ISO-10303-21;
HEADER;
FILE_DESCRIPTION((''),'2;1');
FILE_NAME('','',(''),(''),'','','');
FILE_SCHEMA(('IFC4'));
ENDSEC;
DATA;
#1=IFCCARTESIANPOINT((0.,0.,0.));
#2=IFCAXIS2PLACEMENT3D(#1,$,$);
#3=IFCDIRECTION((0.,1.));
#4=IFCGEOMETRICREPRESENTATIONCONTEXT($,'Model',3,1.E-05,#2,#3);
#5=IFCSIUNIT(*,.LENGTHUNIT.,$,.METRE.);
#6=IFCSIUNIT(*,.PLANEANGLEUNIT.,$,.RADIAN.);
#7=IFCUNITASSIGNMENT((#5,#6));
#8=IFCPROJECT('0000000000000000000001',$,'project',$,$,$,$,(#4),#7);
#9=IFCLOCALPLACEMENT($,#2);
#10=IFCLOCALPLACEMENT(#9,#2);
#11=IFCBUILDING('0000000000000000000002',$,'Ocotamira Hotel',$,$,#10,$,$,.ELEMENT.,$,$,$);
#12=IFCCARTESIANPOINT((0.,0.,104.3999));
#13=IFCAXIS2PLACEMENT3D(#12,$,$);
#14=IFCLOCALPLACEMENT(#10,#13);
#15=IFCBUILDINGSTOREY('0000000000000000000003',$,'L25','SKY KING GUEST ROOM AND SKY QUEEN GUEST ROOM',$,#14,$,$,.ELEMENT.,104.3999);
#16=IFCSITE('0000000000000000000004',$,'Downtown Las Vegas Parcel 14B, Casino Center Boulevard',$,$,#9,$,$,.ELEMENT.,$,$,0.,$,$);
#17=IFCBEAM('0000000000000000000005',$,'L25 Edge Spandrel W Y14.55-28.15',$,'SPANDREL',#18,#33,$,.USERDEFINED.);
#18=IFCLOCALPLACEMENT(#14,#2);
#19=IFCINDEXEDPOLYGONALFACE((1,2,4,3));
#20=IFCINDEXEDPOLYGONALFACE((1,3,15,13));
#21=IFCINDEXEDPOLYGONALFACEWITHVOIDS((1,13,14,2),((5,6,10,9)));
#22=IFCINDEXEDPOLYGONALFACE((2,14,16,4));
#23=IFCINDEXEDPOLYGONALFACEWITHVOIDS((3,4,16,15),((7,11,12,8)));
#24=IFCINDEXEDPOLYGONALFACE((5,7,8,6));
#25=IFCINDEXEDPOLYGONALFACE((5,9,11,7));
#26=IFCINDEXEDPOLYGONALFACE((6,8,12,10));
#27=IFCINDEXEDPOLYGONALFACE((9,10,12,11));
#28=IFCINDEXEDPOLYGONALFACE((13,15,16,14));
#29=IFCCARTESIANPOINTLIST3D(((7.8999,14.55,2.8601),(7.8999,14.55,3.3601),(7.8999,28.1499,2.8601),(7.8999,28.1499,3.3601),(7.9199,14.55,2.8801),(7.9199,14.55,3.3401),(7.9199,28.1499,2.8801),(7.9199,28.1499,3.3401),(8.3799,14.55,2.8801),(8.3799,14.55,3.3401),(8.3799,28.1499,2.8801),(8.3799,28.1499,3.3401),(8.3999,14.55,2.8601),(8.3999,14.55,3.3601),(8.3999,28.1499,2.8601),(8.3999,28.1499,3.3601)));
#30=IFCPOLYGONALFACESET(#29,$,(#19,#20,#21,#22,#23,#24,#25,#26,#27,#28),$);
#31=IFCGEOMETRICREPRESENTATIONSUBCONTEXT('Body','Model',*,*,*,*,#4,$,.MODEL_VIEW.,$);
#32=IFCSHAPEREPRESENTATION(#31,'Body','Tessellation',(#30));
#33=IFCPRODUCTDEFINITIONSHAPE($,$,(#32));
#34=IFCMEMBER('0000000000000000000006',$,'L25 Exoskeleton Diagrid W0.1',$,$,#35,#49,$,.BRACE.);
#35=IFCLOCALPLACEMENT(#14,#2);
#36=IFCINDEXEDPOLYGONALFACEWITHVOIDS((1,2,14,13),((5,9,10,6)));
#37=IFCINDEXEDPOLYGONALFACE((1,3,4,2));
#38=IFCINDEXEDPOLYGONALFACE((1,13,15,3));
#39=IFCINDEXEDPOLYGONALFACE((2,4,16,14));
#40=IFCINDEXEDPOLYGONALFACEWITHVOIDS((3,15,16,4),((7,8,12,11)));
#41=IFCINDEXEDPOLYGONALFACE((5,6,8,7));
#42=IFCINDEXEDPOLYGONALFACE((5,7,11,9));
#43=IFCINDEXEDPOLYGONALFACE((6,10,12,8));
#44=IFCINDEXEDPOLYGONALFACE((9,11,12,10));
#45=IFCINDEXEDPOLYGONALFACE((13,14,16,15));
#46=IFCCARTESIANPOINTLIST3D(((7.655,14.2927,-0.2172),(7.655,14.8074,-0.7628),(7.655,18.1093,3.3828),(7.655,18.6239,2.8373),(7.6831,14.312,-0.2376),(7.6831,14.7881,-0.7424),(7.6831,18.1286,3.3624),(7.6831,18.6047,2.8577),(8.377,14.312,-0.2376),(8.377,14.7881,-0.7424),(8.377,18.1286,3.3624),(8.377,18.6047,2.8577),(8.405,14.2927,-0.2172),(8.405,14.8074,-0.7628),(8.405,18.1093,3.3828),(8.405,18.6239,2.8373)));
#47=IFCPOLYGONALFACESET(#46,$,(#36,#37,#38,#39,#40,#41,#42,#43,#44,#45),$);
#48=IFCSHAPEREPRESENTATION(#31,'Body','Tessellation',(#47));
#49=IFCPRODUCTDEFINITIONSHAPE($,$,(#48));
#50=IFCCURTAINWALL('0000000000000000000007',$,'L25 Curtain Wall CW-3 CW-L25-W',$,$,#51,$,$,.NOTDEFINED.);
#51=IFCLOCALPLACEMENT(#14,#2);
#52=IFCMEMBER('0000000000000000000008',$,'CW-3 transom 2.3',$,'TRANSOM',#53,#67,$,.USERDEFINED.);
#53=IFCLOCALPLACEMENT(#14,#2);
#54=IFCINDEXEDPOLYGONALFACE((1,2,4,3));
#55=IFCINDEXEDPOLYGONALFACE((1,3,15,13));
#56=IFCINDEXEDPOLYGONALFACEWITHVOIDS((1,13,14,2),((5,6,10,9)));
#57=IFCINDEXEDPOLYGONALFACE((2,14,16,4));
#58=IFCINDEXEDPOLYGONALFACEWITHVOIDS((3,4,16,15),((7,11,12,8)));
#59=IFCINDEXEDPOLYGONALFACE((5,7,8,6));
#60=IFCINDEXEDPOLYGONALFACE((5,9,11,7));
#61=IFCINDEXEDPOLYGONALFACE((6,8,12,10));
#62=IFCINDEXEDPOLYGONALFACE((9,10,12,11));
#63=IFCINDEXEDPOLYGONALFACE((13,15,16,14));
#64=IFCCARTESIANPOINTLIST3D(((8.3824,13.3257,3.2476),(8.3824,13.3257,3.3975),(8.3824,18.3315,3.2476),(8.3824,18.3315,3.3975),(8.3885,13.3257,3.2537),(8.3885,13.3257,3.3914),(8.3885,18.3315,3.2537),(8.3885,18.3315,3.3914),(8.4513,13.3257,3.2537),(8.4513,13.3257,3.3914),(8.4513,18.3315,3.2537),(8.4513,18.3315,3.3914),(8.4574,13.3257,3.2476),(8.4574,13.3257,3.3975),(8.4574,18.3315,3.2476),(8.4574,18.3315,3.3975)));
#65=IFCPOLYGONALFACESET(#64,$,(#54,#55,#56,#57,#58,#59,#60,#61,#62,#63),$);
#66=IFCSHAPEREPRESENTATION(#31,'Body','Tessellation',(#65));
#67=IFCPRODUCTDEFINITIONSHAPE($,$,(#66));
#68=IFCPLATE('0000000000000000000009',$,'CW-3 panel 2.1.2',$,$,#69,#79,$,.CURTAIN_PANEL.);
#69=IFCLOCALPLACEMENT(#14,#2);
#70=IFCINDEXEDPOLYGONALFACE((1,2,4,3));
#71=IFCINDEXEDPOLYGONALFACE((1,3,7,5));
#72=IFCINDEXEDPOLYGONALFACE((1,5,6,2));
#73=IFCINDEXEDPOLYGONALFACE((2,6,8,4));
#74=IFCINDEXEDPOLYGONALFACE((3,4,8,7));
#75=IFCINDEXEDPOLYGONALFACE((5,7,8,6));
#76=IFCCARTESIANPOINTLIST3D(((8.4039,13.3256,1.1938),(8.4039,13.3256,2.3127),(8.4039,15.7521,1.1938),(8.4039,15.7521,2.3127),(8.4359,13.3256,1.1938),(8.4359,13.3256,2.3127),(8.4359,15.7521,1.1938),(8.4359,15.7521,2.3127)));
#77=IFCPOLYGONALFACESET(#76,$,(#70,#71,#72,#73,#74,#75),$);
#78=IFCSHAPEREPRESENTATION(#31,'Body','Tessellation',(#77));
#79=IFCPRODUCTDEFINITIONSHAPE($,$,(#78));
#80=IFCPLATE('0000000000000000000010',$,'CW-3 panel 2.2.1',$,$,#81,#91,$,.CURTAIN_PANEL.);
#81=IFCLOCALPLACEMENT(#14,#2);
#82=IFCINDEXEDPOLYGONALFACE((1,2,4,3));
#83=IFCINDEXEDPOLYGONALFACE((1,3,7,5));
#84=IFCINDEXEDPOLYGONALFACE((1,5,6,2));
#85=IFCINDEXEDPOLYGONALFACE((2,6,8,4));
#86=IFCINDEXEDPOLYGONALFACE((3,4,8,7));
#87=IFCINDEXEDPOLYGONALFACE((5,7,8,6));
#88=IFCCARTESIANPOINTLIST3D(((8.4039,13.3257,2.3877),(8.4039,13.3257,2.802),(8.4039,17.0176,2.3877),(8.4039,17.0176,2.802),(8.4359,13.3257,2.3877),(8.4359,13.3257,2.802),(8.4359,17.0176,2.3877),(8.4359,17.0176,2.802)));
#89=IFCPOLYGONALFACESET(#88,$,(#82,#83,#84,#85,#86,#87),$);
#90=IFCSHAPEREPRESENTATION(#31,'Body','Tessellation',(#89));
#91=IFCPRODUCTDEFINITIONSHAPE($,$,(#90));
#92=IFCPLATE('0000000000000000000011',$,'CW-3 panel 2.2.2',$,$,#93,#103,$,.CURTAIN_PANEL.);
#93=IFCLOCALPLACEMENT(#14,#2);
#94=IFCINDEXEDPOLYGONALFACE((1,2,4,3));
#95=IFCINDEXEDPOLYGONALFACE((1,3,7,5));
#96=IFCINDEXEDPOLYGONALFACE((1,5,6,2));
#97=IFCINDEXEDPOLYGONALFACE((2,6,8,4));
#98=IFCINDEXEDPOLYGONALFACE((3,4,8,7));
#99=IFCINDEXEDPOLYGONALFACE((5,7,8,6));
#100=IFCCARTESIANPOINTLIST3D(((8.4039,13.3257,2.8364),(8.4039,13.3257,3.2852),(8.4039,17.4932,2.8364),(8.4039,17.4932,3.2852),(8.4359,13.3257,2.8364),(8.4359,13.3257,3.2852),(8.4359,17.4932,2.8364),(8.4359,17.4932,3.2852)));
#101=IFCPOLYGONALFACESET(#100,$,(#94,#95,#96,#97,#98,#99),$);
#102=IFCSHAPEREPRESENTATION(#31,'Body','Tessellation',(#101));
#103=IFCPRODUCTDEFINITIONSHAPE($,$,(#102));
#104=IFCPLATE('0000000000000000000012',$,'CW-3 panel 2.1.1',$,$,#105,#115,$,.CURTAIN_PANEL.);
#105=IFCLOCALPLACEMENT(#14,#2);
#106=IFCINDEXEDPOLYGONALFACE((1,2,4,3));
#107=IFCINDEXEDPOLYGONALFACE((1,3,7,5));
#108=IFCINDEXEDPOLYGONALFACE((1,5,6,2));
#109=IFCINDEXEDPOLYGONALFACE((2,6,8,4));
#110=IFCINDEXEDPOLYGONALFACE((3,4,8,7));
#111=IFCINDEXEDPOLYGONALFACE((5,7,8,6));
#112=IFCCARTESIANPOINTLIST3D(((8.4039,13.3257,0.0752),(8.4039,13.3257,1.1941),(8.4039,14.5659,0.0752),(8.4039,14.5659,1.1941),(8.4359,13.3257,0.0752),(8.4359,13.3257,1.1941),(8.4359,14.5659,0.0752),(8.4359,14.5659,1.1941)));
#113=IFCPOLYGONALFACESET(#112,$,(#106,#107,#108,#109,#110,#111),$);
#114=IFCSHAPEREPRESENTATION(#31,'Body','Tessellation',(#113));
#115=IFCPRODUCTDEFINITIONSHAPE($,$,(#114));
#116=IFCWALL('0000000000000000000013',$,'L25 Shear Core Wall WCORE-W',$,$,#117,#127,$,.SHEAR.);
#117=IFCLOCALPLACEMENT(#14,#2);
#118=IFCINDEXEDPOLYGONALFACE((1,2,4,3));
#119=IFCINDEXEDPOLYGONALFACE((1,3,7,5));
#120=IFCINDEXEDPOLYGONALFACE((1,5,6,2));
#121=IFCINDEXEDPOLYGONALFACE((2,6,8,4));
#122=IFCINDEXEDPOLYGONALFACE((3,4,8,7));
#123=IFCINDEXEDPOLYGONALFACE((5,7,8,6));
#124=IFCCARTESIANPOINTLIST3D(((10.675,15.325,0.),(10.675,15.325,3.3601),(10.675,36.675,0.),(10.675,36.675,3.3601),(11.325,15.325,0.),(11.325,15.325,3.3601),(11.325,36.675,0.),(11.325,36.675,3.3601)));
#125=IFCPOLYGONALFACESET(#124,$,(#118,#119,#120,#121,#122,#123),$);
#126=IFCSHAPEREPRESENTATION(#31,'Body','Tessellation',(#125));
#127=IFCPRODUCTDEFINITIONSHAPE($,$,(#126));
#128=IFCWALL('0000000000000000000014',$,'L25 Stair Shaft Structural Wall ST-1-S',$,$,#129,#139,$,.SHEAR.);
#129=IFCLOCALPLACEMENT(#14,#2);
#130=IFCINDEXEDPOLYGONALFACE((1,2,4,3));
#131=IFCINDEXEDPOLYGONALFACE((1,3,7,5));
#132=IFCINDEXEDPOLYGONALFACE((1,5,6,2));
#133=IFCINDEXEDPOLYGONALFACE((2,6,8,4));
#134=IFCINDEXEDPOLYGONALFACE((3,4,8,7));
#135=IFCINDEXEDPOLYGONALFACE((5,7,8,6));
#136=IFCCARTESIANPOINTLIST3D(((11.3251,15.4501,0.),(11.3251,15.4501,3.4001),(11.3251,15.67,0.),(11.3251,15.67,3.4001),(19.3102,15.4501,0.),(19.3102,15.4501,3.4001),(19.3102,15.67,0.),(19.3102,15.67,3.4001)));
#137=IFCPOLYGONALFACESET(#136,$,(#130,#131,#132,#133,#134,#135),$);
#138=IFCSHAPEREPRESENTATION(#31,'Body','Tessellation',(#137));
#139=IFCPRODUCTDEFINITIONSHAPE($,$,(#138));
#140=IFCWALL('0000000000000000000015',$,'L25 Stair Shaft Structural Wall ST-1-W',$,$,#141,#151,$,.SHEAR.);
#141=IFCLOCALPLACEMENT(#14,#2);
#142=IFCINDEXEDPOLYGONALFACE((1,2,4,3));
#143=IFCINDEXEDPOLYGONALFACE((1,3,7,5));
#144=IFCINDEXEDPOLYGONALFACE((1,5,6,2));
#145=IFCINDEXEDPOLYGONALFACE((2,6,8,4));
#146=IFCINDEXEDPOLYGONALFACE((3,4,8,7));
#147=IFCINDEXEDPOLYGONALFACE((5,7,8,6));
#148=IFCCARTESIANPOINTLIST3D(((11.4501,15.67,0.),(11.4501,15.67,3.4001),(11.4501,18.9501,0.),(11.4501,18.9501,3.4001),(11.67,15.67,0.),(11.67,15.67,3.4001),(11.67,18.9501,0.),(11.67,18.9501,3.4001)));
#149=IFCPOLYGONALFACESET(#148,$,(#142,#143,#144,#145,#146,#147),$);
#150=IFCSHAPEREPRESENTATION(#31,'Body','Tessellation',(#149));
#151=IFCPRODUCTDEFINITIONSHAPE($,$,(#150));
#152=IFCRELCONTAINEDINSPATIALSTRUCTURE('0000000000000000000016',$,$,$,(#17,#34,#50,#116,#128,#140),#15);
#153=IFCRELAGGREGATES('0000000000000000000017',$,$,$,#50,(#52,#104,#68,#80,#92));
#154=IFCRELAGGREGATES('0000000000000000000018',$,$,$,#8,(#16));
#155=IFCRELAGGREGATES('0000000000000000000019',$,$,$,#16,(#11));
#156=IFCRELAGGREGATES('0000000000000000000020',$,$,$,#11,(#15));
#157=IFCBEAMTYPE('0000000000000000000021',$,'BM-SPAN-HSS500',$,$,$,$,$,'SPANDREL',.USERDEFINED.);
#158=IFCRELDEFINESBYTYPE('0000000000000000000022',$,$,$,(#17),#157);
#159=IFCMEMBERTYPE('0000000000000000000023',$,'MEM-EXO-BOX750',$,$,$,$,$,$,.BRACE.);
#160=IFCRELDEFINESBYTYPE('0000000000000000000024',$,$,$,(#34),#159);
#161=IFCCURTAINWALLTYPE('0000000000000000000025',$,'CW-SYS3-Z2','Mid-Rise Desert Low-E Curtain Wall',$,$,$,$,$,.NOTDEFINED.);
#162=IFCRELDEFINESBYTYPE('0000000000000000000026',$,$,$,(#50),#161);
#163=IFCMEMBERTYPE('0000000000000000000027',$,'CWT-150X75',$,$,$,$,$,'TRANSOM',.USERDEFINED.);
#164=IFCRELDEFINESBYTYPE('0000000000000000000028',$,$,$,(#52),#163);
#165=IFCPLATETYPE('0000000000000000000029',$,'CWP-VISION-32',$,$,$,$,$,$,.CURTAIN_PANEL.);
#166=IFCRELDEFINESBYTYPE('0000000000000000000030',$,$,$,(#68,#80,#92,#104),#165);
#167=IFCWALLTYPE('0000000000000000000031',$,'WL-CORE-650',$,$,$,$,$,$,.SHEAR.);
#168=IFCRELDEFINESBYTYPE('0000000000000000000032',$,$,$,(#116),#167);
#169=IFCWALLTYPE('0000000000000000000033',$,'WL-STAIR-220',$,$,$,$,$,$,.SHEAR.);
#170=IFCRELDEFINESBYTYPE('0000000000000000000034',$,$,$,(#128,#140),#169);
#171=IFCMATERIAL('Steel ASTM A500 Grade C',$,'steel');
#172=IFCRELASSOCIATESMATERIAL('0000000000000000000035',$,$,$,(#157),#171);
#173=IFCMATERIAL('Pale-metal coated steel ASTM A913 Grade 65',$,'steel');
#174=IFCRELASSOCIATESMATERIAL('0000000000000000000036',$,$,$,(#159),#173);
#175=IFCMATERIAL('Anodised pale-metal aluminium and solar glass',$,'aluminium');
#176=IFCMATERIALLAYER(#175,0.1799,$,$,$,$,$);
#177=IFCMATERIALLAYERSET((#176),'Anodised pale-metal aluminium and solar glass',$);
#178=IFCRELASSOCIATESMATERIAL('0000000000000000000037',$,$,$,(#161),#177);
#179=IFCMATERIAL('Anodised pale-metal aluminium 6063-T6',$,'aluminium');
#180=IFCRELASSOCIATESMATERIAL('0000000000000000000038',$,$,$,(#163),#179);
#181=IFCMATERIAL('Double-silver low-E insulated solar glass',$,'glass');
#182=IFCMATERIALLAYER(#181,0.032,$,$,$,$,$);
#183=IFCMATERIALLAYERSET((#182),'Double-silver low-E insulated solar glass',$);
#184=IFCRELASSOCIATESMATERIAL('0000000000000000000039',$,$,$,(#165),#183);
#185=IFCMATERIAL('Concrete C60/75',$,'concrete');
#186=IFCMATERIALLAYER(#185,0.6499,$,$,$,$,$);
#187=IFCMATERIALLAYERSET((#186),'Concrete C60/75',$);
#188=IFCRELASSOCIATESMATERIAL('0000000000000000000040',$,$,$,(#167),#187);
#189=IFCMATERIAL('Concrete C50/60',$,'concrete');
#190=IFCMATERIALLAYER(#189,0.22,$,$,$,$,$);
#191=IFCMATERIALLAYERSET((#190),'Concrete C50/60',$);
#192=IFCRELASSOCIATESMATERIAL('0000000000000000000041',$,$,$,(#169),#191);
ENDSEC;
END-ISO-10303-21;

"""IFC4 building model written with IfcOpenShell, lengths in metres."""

from ifc_helpers import new_model, si_unit, direction, frame, frame_2d, origin, origin_2d, place, context, subcontext, project, spatial, rectangle, hollow_rectangle, extrude, source, transform, mapped, material, layer, layer_set, material_profile, profile_set, type_object, element, aggregate, save


model = new_model("IFC4")

# Units and contexts
model_context = context("Model", 3, precision=1e-05, world=origin(), true_north=direction((0.0, 1.0)))
body_context = subcontext(model_context, "Body", "Model", "MODEL_VIEW")
ifc_project = project(units=[si_unit("LENGTHUNIT", "METRE"), si_unit("PLANEANGLEUNIT", "RADIAN")], contexts=[model_context])

# Site, building, storey
site_placement = place(None, origin())
site = spatial("IfcSite", under=ifc_project, at=site_placement, Name="Downtown Las Vegas Parcel 14B, Casino Center Boulevard", CompositionType="ELEMENT", RefElevation=0.0)
building_placement = place(site_placement, origin())
building = spatial("IfcBuilding", under=site, at=building_placement, Name="Ocotamira Hotel", CompositionType="ELEMENT")
storey_placement = place(building_placement, frame((0.0, 0.0, 104.3999)))
storey = spatial("IfcBuildingStorey", under=building, at=storey_placement, Name="L25", Description="SKY KING GUEST ROOM AND SKY QUEEN GUEST ROOM", CompositionType="ELEMENT", Elevation=104.3999)

# Beam
ifc_material_1 = material(Name="Steel ASTM A500 Grade C", Category="steel")
ifc_material_profile_1 = material_profile(ifc_material_1, hollow_rectangle(XDim=0.5, YDim=0.5, WallThickness=0.02, at=origin_2d()), Name="HSS500X500X20")
ifc_profile_set_1 = profile_set([ifc_material_profile_1], Name="Steel ASTM A500 Grade C")
beam_type_1 = type_object("IfcBeamType", Name="BM-SPAN-HSS500", ElementType="SPANDREL", PredefinedType="USERDEFINED", material=ifc_profile_set_1)
shared_shape_1 = source(origin(), body_context, "Body", "SweptSolid", [
    extrude(hollow_rectangle(XDim=0.5, YDim=0.5, WallThickness=0.02, at=origin_2d()), origin(), (0.0, 0.0, 1.0), 13.5999),
])
beam_1_placement = place(storey_placement, frame((8.1499, 14.55, 3.1101), z_axis=(0.0, 1.0, 0.0), x_axis=(-1.0, 0.0, 0.0)))
element("IfcBeam", 1, at=beam_1_placement, inside=storey, type_object=beam_type_1, Name="L25 Edge Spandrel W Y14.55-28.15", ObjectType="SPANDREL", PredefinedType="USERDEFINED", context=body_context, shape_type="MappedRepresentation", body=[
    mapped(shared_shape_1, transform((0.0, 0.0, 0.0), scale=1.0)),
])

# Member
ifc_material_2 = material(Name="Pale-metal coated steel ASTM A913 Grade 65", Category="steel")
ifc_material_profile_2 = material_profile(ifc_material_2, hollow_rectangle(XDim=0.75, YDim=0.75, WallThickness=0.0281, at=origin_2d()), Name="BOX750X750X28")
ifc_profile_set_2 = profile_set([ifc_material_profile_2], Name="Pale-metal coated steel ASTM A913 Grade 65")
member_type_1 = type_object("IfcMemberType", Name="MEM-EXO-BOX750", PredefinedType="BRACE", material=ifc_profile_set_2)
shared_shape_2 = source(origin(), body_context, "Body", "SweptSolid", [
    extrude(hollow_rectangle(XDim=0.75, YDim=0.75, WallThickness=0.0281, at=origin_2d()), origin(), (0.0, 0.0, 1.0), 5.2466),
])
member_1_placement = place(storey_placement, frame((8.03, 14.55, -0.49), z_axis=(0.0, 0.727443, 0.686168), x_axis=(-1.0, 0.0, 0.0)))
element("IfcMember", 2, at=member_1_placement, inside=storey, type_object=member_type_1, Name="L25 Exoskeleton Diagrid W0.1", PredefinedType="BRACE", context=body_context, shape_type="MappedRepresentation", body=[
    mapped(shared_shape_2, transform((0.0, 0.0, 0.0), scale=1.0)),
])

# Curtain wall, member, plates
ifc_material_3 = material(Name="Anodised pale-metal aluminium and solar glass", Category="aluminium")
ifc_layer_1 = layer(ifc_material_3, 0.1799)
ifc_layer_set_1 = layer_set([ifc_layer_1], Name="Anodised pale-metal aluminium and solar glass")
curtain_wall_type = type_object("IfcCurtainWallType", Name="CW-SYS3-Z2", Description="Mid-Rise Desert Low-E Curtain Wall", PredefinedType="NOTDEFINED", material=ifc_layer_set_1)
curtain_wall_placement = place(storey_placement, origin())
curtain_wall = element("IfcCurtainWall", 3, at=curtain_wall_placement, inside=storey, type_object=curtain_wall_type, Name="L25 Curtain Wall CW-3 CW-L25-W", PredefinedType="NOTDEFINED")
ifc_material_4 = material(Name="Anodised pale-metal aluminium 6063-T6", Category="aluminium")
ifc_material_profile_3 = material_profile(ifc_material_4, hollow_rectangle(XDim=0.075, YDim=0.1499, WallThickness=0.0061, at=origin_2d()), Name="HSS150X75X6")
ifc_profile_set_3 = profile_set([ifc_material_profile_3], Name="Anodised pale-metal aluminium 6063-T6")
member_type_2 = type_object("IfcMemberType", Name="CWT-150X75", ElementType="TRANSOM", PredefinedType="USERDEFINED", material=ifc_profile_set_3)
shared_shape_3 = source(origin(), body_context, "Body", "SweptSolid", [
    extrude(hollow_rectangle(XDim=0.075, YDim=0.1499, WallThickness=0.0061, at=origin_2d()), origin(), (0.0, 0.0, 1.0), 5.0059),
])
member_2_placement = place(storey_placement, frame((8.4199, 13.3257, 3.3225), z_axis=(0.0, 1.0, 0.0), x_axis=(-1.0, 0.0, 0.0)))
member_2 = element("IfcMember", 4, at=member_2_placement, type_object=member_type_2, Name="CW-3 transom 2.3", ObjectType="TRANSOM", PredefinedType="USERDEFINED", context=body_context, shape_type="MappedRepresentation", body=[
    mapped(shared_shape_3, transform((0.0, 0.0, 0.0), scale=1.0)),
])
ifc_material_5 = material(Name="Double-silver low-E insulated solar glass", Category="glass")
ifc_layer_2 = layer(ifc_material_5, 0.032)
ifc_layer_set_2 = layer_set([ifc_layer_2], Name="Double-silver low-E insulated solar glass")
plate_type = type_object("IfcPlateType", Name="CWP-VISION-32", PredefinedType="CURTAIN_PANEL", material=ifc_layer_set_2)
shared_shape_4 = source(origin(), body_context, "Body", "SweptSolid", [
    extrude(rectangle(XDim=2.4265, YDim=0.032, at=origin_2d()), origin(), (0.0, 0.0, 1.0), 1.1189),
])
plate_1_placement = place(storey_placement, frame((8.4199, 14.5388, 1.1938), z_axis=(0.0, 0.0, 1.0), x_axis=(0.0, 1.0, 0.0)))
plate_1 = element("IfcPlate", 5, at=plate_1_placement, type_object=plate_type, Name="CW-3 panel 2.1.2", PredefinedType="CURTAIN_PANEL", context=body_context, shape_type="MappedRepresentation", body=[
    mapped(shared_shape_4, transform((0.0, 0.0, 0.0), scale=1.0)),
])
shared_shape_5 = source(origin(), body_context, "Body", "SweptSolid", [
    extrude(rectangle(XDim=3.6919, YDim=0.032, at=origin_2d()), origin(), (0.0, 0.0, 1.0), 0.4143),
])
plate_2_placement = place(storey_placement, frame((8.4199, 15.1716, 2.3877), z_axis=(0.0, 0.0, 1.0), x_axis=(0.0, 1.0, 0.0)))
plate_2 = element("IfcPlate", 6, at=plate_2_placement, type_object=plate_type, Name="CW-3 panel 2.2.1", PredefinedType="CURTAIN_PANEL", context=body_context, shape_type="MappedRepresentation", body=[
    mapped(shared_shape_5, transform((0.0, 0.0, 0.0), scale=1.0)),
])
shared_shape_6 = source(origin(), body_context, "Body", "SweptSolid", [
    extrude(rectangle(XDim=4.1675, YDim=0.032, at=origin_2d()), origin(), (0.0, 0.0, 1.0), 0.4487),
])
plate_3_placement = place(storey_placement, frame((8.4199, 15.4094, 2.8364), z_axis=(0.0, 0.0, 1.0), x_axis=(0.0, 1.0, 0.0)))
plate_3 = element("IfcPlate", 7, at=plate_3_placement, type_object=plate_type, Name="CW-3 panel 2.2.2", PredefinedType="CURTAIN_PANEL", context=body_context, shape_type="MappedRepresentation", body=[
    mapped(shared_shape_6, transform((0.0, 0.0, 0.0), scale=1.0)),
])
shared_shape_7 = source(origin(), body_context, "Body", "SweptSolid", [
    extrude(rectangle(XDim=1.2402, YDim=0.032, at=origin_2d()), origin(), (0.0, 0.0, 1.0), 1.1189),
])
plate_4_placement = place(storey_placement, frame((8.4199, 13.9458, 0.0752), z_axis=(0.0, 0.0, 1.0), x_axis=(0.0, 1.0, 0.0)))
plate_4 = element("IfcPlate", 8, at=plate_4_placement, type_object=plate_type, Name="CW-3 panel 2.1.1", PredefinedType="CURTAIN_PANEL", context=body_context, shape_type="MappedRepresentation", body=[
    mapped(shared_shape_7, transform((0.0, 0.0, 0.0), scale=1.0)),
])
aggregate(curtain_wall, [member_2, plate_4, plate_1, plate_2, plate_3])

# Shared definitions
ifc_material_6 = material(Name="Concrete C60/75", Category="concrete")
ifc_layer_3 = layer(ifc_material_6, 0.6499)
ifc_layer_set_3 = layer_set([ifc_layer_3], Name="Concrete C60/75")
wall_type_1 = type_object("IfcWallType", Name="WL-CORE-650", PredefinedType="SHEAR", material=ifc_layer_set_3)

# Walls
wall_1_placement = place(storey_placement, frame((11.0, 15.325, 0.0), z_axis=(0.0, 0.0, 1.0), x_axis=(0.0, 1.0, 0.0)))
element("IfcWall", 9, at=wall_1_placement, inside=storey, type_object=wall_type_1, Name="L25 Shear Core Wall WCORE-W", PredefinedType="SHEAR", context=body_context, shape_type="SweptSolid", body=[
    extrude(rectangle(XDim=21.3501, YDim=0.6499, at=frame_2d((10.675, 0.0))), origin(), (0.0, 0.0, 1.0), 3.3601),
])
ifc_material_7 = material(Name="Concrete C50/60", Category="concrete")
ifc_layer_4 = layer(ifc_material_7, 0.22)
ifc_layer_set_4 = layer_set([ifc_layer_4], Name="Concrete C50/60")
wall_type_2 = type_object("IfcWallType", Name="WL-STAIR-220", PredefinedType="SHEAR", material=ifc_layer_set_4)
wall_2_placement = place(storey_placement, frame((11.325, 15.5601, 0.0), z_axis=(0.0, 0.0, 1.0), x_axis=(1.0, 0.0, 0.0)))
element("IfcWall", 10, at=wall_2_placement, inside=storey, type_object=wall_type_2, Name="L25 Stair Shaft Structural Wall ST-1-S", PredefinedType="SHEAR", context=body_context, shape_type="SweptSolid", body=[
    extrude(rectangle(XDim=7.9851, YDim=0.22, at=frame_2d((3.9927, 0.0))), origin(), (0.0, 0.0, 1.0), 3.4001),
])
wall_3_placement = place(storey_placement, frame((11.5601, 15.6699, 0.0), z_axis=(0.0, 0.0, 1.0), x_axis=(0.0, 1.0, 0.0)))
element("IfcWall", 11, at=wall_3_placement, inside=storey, type_object=wall_type_2, Name="L25 Stair Shaft Structural Wall ST-1-W", PredefinedType="SHEAR", context=body_context, shape_type="SweptSolid", body=[
    extrude(rectangle(XDim=3.28, YDim=0.22, at=frame_2d((1.6401, 0.0))), origin(), (0.0, 0.0, 1.0), 3.4001),
])

save(model, "model.ifc")
